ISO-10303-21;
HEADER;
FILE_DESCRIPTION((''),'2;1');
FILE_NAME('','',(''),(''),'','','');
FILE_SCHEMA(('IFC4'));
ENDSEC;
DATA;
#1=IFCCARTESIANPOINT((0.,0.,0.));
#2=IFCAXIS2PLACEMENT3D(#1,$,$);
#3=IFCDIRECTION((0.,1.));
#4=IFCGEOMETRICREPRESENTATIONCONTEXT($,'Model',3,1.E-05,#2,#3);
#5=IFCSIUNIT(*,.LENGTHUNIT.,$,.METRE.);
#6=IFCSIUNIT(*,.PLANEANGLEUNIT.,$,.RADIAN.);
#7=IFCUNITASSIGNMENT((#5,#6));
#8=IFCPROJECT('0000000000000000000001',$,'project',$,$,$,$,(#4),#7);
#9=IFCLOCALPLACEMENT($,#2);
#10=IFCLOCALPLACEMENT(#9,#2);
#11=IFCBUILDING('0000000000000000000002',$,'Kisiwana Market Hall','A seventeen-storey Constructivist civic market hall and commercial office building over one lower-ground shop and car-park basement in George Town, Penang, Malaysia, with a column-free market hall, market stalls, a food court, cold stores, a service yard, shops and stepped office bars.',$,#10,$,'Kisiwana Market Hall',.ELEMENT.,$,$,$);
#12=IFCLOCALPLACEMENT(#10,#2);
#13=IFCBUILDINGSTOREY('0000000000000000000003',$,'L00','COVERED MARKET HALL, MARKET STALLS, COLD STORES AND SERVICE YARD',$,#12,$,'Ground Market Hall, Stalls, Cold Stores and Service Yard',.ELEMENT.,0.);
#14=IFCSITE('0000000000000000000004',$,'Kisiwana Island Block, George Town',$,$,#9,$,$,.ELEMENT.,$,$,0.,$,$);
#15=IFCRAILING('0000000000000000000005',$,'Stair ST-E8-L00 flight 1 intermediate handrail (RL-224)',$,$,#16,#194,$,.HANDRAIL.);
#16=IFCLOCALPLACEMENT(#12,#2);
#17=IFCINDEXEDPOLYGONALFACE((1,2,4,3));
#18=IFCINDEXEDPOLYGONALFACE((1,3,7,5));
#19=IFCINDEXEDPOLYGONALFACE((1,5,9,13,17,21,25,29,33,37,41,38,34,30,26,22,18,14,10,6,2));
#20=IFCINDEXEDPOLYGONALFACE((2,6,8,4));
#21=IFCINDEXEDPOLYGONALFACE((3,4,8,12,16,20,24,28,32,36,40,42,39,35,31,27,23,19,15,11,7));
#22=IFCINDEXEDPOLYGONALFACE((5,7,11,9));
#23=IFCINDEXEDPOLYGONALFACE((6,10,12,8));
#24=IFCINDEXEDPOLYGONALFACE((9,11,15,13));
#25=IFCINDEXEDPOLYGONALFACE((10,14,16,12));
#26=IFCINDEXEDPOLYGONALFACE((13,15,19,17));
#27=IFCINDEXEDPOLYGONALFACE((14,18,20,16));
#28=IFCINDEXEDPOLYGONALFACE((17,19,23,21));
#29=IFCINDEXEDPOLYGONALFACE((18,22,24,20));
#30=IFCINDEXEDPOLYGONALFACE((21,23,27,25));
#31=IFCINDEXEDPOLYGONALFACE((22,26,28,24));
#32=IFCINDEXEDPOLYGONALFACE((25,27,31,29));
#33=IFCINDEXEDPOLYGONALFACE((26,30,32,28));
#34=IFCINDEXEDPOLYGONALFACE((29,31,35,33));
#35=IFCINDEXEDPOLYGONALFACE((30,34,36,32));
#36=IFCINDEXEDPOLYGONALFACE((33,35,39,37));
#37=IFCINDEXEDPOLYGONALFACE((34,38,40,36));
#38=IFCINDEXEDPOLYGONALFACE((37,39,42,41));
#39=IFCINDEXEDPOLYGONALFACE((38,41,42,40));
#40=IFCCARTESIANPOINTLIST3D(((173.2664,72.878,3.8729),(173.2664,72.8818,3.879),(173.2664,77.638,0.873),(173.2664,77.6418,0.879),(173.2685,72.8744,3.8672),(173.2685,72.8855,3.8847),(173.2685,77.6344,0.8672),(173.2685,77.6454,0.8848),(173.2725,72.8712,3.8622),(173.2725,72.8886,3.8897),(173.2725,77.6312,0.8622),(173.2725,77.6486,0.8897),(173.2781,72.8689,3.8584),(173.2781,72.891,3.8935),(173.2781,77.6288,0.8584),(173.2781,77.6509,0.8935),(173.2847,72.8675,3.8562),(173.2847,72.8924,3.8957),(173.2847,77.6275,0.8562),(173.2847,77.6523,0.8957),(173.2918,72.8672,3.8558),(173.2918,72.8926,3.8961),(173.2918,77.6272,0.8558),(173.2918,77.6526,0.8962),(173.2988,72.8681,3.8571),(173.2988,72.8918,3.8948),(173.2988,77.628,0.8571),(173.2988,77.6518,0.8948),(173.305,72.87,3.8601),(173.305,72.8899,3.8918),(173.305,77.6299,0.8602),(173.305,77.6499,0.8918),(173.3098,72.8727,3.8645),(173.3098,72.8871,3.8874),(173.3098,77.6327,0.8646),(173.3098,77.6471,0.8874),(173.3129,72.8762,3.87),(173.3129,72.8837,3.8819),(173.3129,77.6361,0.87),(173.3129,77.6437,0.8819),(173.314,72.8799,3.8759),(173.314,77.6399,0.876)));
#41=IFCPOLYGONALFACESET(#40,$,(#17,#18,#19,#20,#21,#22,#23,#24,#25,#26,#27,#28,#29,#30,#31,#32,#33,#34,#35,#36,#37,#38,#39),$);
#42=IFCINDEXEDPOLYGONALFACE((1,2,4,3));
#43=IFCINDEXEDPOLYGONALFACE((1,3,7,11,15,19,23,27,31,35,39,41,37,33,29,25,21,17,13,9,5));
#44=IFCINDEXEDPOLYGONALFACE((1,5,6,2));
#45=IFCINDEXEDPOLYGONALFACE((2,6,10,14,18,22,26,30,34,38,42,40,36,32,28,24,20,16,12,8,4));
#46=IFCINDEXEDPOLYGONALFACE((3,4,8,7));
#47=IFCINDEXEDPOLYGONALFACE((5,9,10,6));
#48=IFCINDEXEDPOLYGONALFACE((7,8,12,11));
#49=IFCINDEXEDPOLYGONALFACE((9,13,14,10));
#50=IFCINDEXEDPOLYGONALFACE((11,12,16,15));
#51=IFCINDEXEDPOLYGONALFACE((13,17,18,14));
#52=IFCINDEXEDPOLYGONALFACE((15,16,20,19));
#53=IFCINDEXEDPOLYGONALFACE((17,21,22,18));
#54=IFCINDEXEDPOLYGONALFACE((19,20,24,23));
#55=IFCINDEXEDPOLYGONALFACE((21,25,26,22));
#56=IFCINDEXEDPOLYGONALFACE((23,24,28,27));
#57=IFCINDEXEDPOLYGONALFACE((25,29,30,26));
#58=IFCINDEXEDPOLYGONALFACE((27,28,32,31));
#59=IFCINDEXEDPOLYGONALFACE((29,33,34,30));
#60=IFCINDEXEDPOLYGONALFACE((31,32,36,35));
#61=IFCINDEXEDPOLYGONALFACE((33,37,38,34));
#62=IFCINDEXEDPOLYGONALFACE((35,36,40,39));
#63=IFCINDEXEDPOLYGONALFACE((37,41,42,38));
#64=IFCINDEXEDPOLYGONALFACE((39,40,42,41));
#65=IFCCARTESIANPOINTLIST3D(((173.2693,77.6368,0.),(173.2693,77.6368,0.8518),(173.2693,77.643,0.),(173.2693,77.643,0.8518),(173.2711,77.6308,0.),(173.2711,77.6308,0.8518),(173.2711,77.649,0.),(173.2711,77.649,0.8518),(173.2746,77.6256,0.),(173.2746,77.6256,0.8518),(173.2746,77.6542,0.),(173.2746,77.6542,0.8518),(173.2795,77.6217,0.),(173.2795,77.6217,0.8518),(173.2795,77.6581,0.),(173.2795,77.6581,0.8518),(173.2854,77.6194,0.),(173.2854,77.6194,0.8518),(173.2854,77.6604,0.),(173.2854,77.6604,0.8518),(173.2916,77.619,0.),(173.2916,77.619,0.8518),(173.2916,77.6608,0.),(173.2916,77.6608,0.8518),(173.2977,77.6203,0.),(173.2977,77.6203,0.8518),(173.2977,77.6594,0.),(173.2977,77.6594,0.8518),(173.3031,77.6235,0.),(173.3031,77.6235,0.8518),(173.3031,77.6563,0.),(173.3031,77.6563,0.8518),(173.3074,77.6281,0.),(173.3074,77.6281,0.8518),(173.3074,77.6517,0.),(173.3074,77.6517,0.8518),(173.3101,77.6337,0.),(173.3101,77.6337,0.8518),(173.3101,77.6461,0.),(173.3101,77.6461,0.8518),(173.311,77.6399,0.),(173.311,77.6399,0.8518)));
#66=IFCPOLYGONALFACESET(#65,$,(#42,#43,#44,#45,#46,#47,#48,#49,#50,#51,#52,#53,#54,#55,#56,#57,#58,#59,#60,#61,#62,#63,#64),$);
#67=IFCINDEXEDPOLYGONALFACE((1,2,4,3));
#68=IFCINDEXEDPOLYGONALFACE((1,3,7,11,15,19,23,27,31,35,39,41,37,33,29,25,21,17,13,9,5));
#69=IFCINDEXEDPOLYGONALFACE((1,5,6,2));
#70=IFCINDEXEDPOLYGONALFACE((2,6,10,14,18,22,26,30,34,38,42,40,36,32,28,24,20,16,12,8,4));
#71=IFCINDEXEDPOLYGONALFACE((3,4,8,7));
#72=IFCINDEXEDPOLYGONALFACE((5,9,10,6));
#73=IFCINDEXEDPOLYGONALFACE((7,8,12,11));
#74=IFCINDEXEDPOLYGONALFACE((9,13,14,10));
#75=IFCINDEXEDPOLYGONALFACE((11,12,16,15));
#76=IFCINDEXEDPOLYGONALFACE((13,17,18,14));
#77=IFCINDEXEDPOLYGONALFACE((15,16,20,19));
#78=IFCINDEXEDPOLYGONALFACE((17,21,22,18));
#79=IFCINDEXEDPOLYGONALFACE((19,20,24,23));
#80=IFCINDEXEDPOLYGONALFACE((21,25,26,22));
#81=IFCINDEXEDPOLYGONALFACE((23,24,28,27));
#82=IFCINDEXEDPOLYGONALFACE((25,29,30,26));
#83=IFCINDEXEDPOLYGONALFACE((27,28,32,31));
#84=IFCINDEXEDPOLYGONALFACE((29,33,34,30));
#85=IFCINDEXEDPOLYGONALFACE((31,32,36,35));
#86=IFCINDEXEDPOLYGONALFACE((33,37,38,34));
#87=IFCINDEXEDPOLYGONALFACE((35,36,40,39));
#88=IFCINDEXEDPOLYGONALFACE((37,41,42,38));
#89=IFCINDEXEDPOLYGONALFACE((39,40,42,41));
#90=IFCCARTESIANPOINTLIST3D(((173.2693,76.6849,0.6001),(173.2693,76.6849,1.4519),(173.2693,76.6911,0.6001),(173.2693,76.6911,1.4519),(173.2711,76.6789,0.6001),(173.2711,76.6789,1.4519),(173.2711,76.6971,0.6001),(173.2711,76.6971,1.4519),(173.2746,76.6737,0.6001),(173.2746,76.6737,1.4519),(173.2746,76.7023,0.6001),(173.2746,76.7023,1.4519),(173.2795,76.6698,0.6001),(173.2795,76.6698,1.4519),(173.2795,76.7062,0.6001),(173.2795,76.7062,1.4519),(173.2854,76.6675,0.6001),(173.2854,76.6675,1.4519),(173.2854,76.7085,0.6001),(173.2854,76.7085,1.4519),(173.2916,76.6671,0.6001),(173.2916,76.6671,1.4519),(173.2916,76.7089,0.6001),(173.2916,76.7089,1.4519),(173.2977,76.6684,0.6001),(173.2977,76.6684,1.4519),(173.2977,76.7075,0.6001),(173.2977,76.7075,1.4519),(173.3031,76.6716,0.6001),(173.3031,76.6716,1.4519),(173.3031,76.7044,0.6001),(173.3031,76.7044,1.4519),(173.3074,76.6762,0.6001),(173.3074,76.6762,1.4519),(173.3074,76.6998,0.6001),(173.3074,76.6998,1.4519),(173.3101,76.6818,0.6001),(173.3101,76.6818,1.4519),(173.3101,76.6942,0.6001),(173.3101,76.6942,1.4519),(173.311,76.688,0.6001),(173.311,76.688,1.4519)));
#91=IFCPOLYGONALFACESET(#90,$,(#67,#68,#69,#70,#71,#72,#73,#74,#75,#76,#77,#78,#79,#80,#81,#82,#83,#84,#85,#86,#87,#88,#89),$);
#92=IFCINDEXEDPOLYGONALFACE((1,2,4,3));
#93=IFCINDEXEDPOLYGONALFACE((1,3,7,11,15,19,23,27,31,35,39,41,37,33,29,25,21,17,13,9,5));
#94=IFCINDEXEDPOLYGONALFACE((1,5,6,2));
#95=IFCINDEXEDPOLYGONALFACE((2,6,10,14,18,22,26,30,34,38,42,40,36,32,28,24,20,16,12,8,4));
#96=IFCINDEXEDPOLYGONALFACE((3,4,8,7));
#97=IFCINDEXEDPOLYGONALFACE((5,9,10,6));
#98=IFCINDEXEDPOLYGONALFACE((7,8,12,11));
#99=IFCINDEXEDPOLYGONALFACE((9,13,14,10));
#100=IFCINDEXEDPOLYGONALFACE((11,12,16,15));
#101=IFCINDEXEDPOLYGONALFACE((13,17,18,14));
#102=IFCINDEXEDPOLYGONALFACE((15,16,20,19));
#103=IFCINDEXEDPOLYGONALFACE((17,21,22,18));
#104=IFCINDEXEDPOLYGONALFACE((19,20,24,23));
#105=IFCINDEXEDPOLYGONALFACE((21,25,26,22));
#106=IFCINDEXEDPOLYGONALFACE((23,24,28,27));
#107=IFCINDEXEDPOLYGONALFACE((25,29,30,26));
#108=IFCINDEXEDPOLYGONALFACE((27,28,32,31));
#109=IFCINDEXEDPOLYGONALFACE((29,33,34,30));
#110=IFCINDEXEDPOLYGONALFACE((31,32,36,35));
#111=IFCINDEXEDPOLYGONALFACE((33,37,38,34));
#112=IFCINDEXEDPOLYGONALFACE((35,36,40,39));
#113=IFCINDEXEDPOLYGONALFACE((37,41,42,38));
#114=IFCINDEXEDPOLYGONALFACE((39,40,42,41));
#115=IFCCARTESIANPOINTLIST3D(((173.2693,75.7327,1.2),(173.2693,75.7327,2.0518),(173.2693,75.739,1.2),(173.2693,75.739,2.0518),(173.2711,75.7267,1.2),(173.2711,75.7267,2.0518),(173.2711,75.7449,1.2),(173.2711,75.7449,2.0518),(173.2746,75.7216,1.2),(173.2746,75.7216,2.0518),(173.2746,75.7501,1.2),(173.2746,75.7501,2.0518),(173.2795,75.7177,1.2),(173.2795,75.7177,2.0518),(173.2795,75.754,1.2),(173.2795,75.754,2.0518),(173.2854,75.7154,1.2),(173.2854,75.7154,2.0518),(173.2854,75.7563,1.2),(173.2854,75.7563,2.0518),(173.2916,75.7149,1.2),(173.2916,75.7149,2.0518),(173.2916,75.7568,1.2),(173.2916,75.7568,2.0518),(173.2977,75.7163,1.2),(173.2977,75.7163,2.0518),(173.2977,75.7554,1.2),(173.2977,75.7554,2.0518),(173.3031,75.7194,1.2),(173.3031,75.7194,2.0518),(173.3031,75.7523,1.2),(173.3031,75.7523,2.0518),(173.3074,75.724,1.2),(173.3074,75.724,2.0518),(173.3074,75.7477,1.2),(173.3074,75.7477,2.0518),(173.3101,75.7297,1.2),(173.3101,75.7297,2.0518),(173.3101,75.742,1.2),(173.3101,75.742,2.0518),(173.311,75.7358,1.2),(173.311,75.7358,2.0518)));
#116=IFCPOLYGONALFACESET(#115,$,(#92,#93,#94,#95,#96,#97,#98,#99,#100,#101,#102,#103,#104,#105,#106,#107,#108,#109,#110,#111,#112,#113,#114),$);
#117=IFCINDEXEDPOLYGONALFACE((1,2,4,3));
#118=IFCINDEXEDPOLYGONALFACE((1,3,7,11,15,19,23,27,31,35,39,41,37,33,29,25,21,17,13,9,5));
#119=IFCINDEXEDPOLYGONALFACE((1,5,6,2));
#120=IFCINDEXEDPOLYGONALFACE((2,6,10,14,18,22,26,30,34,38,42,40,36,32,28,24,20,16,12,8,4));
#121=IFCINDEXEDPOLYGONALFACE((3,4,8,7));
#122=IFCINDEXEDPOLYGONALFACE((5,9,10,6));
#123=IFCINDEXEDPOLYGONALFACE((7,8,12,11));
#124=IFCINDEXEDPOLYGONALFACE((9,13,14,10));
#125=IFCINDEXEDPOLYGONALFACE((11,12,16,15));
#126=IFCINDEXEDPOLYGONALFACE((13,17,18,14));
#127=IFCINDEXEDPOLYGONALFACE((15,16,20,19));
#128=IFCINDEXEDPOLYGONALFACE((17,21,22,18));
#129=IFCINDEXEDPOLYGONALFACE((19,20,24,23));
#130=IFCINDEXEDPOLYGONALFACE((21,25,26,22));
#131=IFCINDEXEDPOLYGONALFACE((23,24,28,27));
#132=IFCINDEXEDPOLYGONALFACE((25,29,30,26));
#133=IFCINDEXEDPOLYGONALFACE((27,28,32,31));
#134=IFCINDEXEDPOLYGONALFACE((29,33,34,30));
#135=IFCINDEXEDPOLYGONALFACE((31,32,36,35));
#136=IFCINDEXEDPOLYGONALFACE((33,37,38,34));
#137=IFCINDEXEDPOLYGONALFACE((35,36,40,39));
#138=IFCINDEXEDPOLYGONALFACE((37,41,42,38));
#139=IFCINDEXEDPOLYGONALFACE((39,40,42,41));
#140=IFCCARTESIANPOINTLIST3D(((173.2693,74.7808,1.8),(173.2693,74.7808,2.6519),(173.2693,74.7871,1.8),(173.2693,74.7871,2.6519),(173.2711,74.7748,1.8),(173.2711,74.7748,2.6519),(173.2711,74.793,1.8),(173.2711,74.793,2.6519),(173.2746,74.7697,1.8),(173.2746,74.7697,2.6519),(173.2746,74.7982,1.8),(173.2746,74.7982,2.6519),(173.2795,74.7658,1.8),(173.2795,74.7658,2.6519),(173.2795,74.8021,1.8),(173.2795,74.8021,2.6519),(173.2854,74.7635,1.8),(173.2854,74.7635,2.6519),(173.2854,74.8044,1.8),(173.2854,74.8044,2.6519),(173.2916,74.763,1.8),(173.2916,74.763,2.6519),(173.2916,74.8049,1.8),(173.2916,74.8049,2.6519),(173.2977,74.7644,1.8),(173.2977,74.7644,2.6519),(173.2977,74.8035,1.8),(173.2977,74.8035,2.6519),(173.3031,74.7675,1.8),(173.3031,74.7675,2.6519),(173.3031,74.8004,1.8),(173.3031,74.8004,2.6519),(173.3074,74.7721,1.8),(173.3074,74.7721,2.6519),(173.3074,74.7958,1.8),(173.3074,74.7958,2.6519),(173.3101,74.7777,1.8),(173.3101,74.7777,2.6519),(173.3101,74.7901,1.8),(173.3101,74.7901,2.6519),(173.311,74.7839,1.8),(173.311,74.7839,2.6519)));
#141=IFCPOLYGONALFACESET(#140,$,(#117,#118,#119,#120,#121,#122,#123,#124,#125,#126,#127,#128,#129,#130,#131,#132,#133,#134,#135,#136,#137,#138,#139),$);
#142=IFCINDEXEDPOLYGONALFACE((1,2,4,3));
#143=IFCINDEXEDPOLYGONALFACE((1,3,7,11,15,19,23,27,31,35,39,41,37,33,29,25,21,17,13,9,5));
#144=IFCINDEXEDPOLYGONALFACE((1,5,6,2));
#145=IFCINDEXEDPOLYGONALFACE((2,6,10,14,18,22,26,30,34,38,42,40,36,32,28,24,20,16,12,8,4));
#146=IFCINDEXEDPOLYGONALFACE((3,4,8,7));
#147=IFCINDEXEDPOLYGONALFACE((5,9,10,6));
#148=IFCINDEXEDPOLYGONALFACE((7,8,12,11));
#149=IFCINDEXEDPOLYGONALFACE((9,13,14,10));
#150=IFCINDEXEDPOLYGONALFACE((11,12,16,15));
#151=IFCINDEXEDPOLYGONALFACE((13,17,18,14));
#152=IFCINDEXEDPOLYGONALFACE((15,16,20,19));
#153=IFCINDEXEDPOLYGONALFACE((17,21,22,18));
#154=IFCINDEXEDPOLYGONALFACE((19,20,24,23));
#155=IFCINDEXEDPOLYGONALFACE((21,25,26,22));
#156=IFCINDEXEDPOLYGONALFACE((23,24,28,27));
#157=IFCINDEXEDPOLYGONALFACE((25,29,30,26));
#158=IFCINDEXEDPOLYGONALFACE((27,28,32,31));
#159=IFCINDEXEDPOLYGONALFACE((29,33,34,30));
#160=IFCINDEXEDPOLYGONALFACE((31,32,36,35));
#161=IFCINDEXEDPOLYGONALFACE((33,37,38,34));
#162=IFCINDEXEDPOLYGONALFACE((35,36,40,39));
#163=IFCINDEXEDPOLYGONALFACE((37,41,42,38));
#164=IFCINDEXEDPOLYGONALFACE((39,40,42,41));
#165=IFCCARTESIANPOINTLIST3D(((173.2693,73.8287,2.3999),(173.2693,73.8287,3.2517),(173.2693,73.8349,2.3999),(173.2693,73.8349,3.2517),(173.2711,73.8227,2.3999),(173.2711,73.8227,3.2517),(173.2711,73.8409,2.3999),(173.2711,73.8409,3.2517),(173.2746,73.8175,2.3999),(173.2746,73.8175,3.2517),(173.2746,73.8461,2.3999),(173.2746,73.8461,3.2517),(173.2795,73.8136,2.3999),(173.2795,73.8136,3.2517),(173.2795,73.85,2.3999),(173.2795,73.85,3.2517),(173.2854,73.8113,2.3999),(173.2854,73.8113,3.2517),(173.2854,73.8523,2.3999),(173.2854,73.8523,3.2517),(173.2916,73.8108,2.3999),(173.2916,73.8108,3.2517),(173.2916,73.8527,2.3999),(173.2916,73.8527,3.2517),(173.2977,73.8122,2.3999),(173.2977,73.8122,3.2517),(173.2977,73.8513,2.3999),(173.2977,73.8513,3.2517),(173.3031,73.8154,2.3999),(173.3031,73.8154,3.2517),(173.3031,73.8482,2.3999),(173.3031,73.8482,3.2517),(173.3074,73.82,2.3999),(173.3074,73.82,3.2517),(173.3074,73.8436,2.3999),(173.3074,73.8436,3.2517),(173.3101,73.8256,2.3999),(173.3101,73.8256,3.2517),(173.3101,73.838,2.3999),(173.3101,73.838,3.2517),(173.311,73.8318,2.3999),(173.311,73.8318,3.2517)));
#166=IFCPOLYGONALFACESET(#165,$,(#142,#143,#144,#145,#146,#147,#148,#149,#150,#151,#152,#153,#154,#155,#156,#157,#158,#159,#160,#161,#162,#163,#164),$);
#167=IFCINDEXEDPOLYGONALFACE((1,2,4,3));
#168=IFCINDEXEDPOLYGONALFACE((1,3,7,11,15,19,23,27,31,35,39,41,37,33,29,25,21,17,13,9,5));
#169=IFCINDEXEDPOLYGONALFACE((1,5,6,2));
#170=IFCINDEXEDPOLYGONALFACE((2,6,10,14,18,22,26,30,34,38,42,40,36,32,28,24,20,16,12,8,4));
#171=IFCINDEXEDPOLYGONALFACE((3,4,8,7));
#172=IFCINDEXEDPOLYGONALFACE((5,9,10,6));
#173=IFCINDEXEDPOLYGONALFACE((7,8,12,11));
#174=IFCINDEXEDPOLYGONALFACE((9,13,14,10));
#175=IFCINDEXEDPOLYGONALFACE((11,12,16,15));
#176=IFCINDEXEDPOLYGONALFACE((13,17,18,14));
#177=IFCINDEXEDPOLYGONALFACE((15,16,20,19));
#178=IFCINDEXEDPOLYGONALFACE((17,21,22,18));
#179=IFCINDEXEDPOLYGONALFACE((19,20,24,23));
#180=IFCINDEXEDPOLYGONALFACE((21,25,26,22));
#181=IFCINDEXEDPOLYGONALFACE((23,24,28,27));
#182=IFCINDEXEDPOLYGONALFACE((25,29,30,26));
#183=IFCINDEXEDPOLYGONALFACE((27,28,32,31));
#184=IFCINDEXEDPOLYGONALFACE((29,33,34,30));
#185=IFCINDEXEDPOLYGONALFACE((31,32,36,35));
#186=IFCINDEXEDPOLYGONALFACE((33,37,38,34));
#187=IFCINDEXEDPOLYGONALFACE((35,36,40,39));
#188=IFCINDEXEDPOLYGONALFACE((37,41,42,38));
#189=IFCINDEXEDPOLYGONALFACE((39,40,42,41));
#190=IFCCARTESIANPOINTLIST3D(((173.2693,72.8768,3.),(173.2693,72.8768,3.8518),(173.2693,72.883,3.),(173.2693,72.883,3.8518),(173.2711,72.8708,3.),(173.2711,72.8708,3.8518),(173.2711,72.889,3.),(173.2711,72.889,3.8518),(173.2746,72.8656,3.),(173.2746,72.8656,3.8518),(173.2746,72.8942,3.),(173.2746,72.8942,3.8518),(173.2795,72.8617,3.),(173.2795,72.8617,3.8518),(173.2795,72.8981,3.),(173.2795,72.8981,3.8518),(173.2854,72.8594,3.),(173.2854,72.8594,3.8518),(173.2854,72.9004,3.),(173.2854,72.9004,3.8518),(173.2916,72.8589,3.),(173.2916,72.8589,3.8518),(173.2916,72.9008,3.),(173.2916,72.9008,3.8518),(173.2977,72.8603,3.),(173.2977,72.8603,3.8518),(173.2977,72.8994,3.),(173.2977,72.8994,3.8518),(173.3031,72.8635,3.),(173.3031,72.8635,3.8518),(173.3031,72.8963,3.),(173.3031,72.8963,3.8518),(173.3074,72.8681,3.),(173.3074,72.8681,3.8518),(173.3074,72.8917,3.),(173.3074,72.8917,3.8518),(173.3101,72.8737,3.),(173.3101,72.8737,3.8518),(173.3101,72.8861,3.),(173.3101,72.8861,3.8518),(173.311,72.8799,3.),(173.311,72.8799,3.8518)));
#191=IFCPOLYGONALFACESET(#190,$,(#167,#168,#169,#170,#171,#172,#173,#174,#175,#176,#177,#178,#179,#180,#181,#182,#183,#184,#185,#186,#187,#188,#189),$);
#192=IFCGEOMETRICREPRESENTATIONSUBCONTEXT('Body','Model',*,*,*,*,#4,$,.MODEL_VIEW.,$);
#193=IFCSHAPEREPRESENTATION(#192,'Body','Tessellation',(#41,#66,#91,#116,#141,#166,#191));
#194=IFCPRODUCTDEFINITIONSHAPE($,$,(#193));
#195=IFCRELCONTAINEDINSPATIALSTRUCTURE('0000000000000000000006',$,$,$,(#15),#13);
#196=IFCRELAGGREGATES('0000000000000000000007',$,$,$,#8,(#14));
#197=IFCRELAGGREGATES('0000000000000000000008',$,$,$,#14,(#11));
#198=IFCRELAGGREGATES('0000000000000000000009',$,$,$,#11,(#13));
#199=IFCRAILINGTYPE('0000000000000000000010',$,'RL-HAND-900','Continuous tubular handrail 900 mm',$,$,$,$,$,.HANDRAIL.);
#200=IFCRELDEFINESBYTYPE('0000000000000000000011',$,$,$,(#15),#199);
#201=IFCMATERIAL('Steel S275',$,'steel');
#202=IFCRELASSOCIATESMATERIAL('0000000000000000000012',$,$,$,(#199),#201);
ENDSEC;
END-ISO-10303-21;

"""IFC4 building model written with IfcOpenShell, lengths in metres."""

from ifc_helpers import new_model, si_unit, direction, frame, origin, origin_2d, place, context, subcontext, project, spatial, circle, extrude, material, type_object, element, save


model = new_model("IFC4")

# Units and contexts
model_context = context("Model", 3, precision=1e-05, world=origin(), true_north=direction((0.0, 1.0)))
body_context = subcontext(model_context, "Body", "Model", "MODEL_VIEW")
ifc_project = project(units=[si_unit("LENGTHUNIT", "METRE"), si_unit("PLANEANGLEUNIT", "RADIAN")], contexts=[model_context])

# Site, building, storey
site_placement = place(None, origin())
site = spatial("IfcSite", under=ifc_project, at=site_placement, Name="Kisiwana Island Block, George Town", CompositionType="ELEMENT", RefElevation=0.0)
building_placement = place(site_placement, origin())
building = spatial("IfcBuilding", under=site, at=building_placement, Name="Kisiwana Market Hall", Description="A seventeen-storey Constructivist civic market hall and commercial office building over one lower-ground shop and car-park basement in George Town, Penang, Malaysia, with a column-free market hall, market stalls, a food court, cold stores, a service yard, shops and stepped office bars.", LongName="Kisiwana Market Hall", CompositionType="ELEMENT")
storey_placement = place(building_placement, origin())
storey = spatial("IfcBuildingStorey", under=building, at=storey_placement, Name="L00", Description="COVERED MARKET HALL, MARKET STALLS, COLD STORES AND SERVICE YARD", LongName="Ground Market Hall, Stalls, Cold Stores and Service Yard", CompositionType="ELEMENT", Elevation=0.0)

# Railing
ifc_material_1 = material(Name="Steel S275", Category="steel")
railing_type_1 = type_object("IfcRailingType", Name="RL-HAND-900", Description="Continuous tubular handrail 900 mm", PredefinedType="HANDRAIL", material=ifc_material_1)
railing_1_placement = place(storey_placement, frame((173.29, 77.6399, 0.0)))
element("IfcRailing", 1, at=railing_1_placement, inside=storey, type_object=railing_type_1, Name="Stair ST-E8-L00 flight 1 intermediate handrail (RL-224)", PredefinedType="HANDRAIL", context=body_context, shape_type="SweptSolid", body=[
    extrude(circle(Radius=0.0239, at=origin_2d()), frame((0.0, 0.0, 0.876), z_axis=(0.0, -0.845996, 0.53319), x_axis=(1.0, 0.0, 0.0)), (0.0, 0.0, 1.0), 5.6265),
    extrude(circle(Radius=0.021, at=origin_2d()), origin(), (0.0, 0.0, 1.0), 0.8518),
    extrude(circle(Radius=0.021, at=origin_2d()), frame((0.0, -0.9519, 0.6001)), (0.0, 0.0, 1.0), 0.8518),
    extrude(circle(Radius=0.021, at=origin_2d()), frame((0.0, -1.9041, 1.2)), (0.0, 0.0, 1.0), 0.8518),
    extrude(circle(Radius=0.021, at=origin_2d()), frame((0.0, -2.856, 1.8)), (0.0, 0.0, 1.0), 0.8518),
    extrude(circle(Radius=0.021, at=origin_2d()), frame((0.0, -3.8081, 2.3999)), (0.0, 0.0, 1.0), 0.8518),
    extrude(circle(Radius=0.021, at=origin_2d()), frame((0.0, -4.76, 3.0)), (0.0, 0.0, 1.0), 0.8518),
])

save(model, "model.ifc")
